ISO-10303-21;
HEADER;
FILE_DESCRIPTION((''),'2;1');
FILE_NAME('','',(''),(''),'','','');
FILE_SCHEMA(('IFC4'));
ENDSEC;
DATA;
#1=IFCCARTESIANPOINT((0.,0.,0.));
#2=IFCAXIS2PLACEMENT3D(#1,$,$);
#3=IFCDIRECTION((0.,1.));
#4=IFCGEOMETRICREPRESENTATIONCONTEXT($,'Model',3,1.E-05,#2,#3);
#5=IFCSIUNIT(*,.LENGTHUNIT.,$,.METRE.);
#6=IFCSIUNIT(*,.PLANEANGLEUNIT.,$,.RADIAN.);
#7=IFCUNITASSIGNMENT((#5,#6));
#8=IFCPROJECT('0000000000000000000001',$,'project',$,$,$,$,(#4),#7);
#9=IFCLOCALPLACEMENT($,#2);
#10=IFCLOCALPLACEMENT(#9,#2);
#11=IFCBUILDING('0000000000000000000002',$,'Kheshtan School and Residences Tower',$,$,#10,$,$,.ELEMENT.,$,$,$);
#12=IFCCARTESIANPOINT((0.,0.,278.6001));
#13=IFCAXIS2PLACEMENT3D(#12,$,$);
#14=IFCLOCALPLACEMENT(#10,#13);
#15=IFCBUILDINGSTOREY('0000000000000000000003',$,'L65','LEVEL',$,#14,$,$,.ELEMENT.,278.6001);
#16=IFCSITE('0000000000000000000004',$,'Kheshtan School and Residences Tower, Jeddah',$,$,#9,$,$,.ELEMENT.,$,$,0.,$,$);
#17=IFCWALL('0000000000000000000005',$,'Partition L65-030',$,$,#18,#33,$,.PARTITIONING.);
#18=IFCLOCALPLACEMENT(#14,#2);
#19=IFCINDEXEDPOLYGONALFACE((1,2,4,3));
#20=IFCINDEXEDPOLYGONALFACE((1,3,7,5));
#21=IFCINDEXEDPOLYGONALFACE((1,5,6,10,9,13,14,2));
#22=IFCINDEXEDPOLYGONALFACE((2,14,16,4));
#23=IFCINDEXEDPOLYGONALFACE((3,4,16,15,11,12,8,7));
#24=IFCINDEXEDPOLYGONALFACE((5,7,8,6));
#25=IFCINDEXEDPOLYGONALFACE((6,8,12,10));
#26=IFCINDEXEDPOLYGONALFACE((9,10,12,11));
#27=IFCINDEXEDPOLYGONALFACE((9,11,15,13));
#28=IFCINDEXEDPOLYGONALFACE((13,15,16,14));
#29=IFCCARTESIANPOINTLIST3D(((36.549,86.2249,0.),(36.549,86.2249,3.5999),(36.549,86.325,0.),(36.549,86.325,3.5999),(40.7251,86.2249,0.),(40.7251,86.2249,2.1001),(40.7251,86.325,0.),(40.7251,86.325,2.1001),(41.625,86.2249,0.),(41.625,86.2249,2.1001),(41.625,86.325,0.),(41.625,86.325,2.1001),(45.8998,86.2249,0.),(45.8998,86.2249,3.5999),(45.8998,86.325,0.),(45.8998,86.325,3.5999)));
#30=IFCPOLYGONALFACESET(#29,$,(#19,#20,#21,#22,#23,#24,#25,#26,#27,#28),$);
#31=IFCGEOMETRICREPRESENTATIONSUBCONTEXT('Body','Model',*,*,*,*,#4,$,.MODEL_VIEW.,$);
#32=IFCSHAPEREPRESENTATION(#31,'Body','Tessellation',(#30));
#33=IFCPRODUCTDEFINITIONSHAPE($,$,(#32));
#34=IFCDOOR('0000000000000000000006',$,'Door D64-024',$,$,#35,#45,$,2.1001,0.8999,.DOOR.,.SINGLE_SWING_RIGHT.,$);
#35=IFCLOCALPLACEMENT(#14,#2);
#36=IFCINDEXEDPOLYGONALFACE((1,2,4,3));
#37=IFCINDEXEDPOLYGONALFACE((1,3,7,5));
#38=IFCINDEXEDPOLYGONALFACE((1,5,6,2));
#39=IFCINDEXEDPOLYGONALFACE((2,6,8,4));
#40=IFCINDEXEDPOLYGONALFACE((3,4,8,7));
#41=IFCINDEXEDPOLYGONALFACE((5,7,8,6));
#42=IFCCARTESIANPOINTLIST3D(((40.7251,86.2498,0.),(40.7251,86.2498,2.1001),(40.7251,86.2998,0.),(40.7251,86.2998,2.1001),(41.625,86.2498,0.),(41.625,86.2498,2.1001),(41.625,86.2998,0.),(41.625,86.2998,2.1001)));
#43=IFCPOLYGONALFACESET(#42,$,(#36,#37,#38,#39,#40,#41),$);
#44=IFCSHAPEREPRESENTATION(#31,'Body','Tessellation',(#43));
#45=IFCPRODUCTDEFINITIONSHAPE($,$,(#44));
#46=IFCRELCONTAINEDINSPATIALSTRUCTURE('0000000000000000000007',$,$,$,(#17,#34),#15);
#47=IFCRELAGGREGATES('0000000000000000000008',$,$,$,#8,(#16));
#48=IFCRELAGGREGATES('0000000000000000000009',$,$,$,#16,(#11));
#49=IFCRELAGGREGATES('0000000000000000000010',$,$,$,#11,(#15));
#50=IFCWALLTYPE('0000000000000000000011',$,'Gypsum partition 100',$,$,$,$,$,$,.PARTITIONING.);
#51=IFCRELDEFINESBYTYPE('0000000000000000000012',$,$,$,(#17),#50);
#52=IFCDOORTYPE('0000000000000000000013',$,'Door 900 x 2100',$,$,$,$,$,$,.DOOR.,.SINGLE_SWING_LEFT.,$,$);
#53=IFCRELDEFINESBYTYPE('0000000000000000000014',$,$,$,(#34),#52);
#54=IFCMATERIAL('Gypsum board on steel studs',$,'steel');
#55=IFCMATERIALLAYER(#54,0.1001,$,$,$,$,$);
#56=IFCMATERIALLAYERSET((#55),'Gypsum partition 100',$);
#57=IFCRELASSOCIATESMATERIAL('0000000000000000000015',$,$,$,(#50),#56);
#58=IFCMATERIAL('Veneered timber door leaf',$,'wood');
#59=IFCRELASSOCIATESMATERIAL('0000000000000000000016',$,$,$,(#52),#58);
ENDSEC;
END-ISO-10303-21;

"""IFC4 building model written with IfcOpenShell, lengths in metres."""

from ifc_helpers import new_model, si_unit, direction, frame, frame_2d, origin, place, context, subcontext, project, spatial, rectangle, extrude, source, transform, mapped, material, layer, layer_set, type_object, element, fill, save


model = new_model("IFC4")

# Units and contexts
model_context = context("Model", 3, precision=1e-05, world=origin(), true_north=direction((0.0, 1.0)))
body_context = subcontext(model_context, "Body", "Model", "MODEL_VIEW")
ifc_project = project(units=[si_unit("LENGTHUNIT", "METRE"), si_unit("PLANEANGLEUNIT", "RADIAN")], contexts=[model_context])

# Site, building, storey
site_placement = place(None, origin())
site = spatial("IfcSite", under=ifc_project, at=site_placement, Name="Kheshtan School and Residences Tower, Jeddah", CompositionType="ELEMENT", RefElevation=0.0)
building_placement = place(site_placement, origin())
building = spatial("IfcBuilding", under=site, at=building_placement, Name="Kheshtan School and Residences Tower", CompositionType="ELEMENT")
storey_placement = place(building_placement, frame((0.0, 0.0, 278.6001)))
storey = spatial("IfcBuildingStorey", under=building, at=storey_placement, Name="L65", Description="LEVEL", CompositionType="ELEMENT", Elevation=278.6001)

# Wall, opening, door
ifc_material_1 = material(Name="Gypsum board on steel studs", Category="steel")
ifc_layer_1 = layer(ifc_material_1, 0.1001)
ifc_layer_set_1 = layer_set([ifc_layer_1], Name="Gypsum partition 100")
wall_type_1 = type_object("IfcWallType", Name="Gypsum partition 100", PredefinedType="PARTITIONING", material=ifc_layer_set_1)
wall_1_placement = place(storey_placement, frame((36.5491, 86.2749, 0.0), z_axis=(0.0, 0.0, 1.0), x_axis=(1.0, 0.0, 0.0)))
wall_1 = element("IfcWall", 1, at=wall_1_placement, inside=storey, type_object=wall_type_1, Name="Partition L65-030", PredefinedType="PARTITIONING", context=body_context, shape_type="SweptSolid", body=[
    extrude(rectangle(XDim=9.3508, YDim=0.1001, at=frame_2d((4.6753, 0.0))), origin(), (0.0, 0.0, 1.0), 3.5999),
])
opening_1_placement = place(wall_1_placement, frame((4.176, 0.0, 0.0)))
opening_1 = element("IfcOpeningElement", 2, at=opening_1_placement, cuts=wall_1, PredefinedType="OPENING", context=body_context, shape_type="SweptSolid", body=[
    extrude(rectangle(XDim=0.8999, YDim=2.1001, at=frame_2d((0.45, 1.05))), frame((0.0, 0.0601, 0.0), z_axis=(0.0, -1.0, 0.0), x_axis=(1.0, 0.0, 0.0)), (0.0, 0.0, 1.0), 0.1201),
])
ifc_material_2 = material(Name="Veneered timber door leaf", Category="wood")
door_type_1 = type_object("IfcDoorType", Name="Door 900 x 2100", OperationType="SINGLE_SWING_LEFT", PredefinedType="DOOR", material=ifc_material_2)
shared_shape_1 = source(origin(), body_context, "Body", "SweptSolid", [
    extrude(rectangle(XDim=0.8999, YDim=2.1001, at=frame_2d((0.45, 1.05))), frame((0.0, 0.0249, 0.0), z_axis=(0.0, -1.0, 0.0), x_axis=(1.0, 0.0, 0.0)), (0.0, 0.0, 1.0), 0.05),
])
door_1_placement = place(opening_1_placement, origin())
door_1 = element("IfcDoor", 3, at=door_1_placement, inside=storey, type_object=door_type_1, Name="Door D64-024", OperationType="SINGLE_SWING_RIGHT", OverallHeight=2.1001, OverallWidth=0.8999, PredefinedType="DOOR", context=body_context, shape_type="MappedRepresentation", body=[
    mapped(shared_shape_1, transform((0.0, 0.0, 0.0), x_axis=(1.0, 0.0, 0.0), y_axis=(0.0, 1.0, 0.0), z_axis=(0.0, 0.0, 1.0), scale=1.0)),
])
fill(opening_1, door_1)

save(model, "model.ifc")
